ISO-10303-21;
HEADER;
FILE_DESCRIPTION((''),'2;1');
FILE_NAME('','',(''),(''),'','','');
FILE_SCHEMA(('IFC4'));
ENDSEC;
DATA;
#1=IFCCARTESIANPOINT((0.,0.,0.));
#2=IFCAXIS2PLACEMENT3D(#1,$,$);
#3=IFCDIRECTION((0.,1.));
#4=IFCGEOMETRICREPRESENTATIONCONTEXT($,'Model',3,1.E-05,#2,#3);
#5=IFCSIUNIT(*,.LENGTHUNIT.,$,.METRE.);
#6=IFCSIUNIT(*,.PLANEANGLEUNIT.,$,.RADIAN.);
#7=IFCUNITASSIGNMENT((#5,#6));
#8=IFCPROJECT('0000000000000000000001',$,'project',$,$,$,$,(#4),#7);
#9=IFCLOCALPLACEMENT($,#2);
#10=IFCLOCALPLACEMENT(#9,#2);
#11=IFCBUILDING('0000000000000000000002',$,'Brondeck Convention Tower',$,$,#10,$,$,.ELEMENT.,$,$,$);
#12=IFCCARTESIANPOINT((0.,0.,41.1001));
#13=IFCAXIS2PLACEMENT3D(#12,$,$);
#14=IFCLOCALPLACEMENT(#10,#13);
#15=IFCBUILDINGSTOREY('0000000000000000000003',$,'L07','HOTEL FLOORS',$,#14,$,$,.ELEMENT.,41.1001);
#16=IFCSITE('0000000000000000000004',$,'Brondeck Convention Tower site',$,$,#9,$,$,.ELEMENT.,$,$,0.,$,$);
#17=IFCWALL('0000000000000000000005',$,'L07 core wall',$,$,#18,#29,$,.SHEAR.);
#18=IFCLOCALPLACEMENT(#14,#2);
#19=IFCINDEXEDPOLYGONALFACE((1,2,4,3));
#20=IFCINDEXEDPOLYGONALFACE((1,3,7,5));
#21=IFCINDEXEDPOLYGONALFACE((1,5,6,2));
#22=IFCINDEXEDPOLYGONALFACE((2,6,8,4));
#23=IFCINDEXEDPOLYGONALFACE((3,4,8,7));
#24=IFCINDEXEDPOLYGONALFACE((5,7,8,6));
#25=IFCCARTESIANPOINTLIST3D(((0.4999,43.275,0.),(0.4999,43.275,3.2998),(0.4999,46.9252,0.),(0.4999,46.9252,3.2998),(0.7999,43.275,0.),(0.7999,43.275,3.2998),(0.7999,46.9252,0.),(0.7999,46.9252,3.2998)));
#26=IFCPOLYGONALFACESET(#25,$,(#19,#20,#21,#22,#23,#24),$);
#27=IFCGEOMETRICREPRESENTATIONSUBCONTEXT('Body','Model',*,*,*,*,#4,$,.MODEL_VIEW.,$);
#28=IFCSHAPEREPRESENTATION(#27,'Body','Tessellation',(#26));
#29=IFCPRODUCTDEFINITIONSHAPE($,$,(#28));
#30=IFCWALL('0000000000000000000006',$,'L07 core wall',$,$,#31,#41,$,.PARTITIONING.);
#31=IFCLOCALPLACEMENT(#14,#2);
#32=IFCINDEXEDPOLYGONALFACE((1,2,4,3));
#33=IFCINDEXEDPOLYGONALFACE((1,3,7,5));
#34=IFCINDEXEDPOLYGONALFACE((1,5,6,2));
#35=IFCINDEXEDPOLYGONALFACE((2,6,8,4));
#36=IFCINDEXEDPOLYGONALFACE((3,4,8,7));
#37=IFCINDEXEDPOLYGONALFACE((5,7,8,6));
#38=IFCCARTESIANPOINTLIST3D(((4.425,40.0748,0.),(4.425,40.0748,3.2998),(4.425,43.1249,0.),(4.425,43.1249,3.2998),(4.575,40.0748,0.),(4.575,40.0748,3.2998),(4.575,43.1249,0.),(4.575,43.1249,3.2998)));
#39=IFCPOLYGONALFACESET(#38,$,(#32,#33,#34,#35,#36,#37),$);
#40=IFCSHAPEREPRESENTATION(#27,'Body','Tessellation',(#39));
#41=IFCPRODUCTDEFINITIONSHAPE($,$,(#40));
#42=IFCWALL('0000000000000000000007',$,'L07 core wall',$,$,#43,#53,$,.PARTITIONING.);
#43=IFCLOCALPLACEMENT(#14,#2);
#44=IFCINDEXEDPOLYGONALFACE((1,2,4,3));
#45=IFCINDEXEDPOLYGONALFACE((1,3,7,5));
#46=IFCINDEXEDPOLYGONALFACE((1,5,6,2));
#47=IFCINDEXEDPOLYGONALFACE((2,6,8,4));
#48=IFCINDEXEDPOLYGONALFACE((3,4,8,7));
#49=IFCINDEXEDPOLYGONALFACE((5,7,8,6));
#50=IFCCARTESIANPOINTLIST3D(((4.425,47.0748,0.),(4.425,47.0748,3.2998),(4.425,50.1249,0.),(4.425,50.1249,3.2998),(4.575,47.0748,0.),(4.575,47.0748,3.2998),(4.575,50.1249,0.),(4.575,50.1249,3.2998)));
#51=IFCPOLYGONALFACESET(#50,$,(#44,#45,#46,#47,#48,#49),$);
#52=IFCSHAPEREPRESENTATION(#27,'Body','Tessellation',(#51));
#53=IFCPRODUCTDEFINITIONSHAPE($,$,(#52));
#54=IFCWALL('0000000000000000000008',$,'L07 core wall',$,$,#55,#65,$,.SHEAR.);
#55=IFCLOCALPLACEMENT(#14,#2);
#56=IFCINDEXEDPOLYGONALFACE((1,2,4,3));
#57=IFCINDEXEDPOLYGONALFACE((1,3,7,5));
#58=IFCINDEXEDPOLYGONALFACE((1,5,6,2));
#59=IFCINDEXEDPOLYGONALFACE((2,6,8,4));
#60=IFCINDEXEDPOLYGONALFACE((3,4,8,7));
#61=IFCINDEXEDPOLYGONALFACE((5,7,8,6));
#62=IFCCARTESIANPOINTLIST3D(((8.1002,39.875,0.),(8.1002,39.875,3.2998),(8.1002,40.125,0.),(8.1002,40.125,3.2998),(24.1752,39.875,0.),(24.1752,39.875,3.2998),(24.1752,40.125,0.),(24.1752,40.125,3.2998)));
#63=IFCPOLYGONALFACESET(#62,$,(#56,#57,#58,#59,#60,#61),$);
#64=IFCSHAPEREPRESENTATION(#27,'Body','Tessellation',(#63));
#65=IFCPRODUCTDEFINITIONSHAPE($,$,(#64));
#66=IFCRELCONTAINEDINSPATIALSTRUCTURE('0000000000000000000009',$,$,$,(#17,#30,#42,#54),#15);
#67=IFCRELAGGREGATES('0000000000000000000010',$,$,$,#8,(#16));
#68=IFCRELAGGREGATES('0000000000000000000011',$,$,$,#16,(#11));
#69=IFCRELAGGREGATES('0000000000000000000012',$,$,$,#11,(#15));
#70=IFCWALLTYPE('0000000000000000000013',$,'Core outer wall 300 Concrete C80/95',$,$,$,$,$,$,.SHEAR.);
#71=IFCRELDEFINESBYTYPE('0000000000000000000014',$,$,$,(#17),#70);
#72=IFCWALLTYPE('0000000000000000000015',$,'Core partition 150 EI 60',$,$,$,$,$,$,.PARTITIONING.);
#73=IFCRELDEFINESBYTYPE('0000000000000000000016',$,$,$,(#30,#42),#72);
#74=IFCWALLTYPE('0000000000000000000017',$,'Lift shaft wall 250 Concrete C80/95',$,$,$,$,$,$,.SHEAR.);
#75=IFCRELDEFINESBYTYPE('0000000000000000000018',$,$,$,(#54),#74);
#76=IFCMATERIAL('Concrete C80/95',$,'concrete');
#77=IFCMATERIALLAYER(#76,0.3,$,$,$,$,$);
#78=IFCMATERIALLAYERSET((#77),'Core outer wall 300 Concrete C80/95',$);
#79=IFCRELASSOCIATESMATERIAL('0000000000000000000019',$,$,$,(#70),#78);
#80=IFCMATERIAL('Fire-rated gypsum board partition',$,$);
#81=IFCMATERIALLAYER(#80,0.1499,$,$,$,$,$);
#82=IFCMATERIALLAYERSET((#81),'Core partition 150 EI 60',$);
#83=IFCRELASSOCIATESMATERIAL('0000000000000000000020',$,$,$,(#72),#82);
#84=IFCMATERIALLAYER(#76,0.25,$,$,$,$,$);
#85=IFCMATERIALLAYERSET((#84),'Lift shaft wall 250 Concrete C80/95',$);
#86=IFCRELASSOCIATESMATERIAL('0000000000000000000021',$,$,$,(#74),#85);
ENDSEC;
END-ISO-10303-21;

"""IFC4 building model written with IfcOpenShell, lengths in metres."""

from ifc_helpers import new_model, si_unit, direction, frame, frame_2d, origin, place, context, subcontext, project, spatial, rectangle, extrude, material, layer, layer_set, type_object, element, save


model = new_model("IFC4")

# Units and contexts
model_context = context("Model", 3, precision=1e-05, world=origin(), true_north=direction((0.0, 1.0)))
body_context = subcontext(model_context, "Body", "Model", "MODEL_VIEW")
ifc_project = project(units=[si_unit("LENGTHUNIT", "METRE"), si_unit("PLANEANGLEUNIT", "RADIAN")], contexts=[model_context])

# Site, building, storey
site_placement = place(None, origin())
site = spatial("IfcSite", under=ifc_project, at=site_placement, Name="Brondeck Convention Tower site", CompositionType="ELEMENT", RefElevation=0.0)
building_placement = place(site_placement, origin())
building = spatial("IfcBuilding", under=site, at=building_placement, Name="Brondeck Convention Tower", CompositionType="ELEMENT")
storey_placement = place(building_placement, frame((0.0, 0.0, 41.1001)))
storey = spatial("IfcBuildingStorey", under=building, at=storey_placement, Name="L07", Description="HOTEL FLOORS", CompositionType="ELEMENT", Elevation=41.1001)

# Walls
ifc_material_1 = material(Name="Concrete C80/95", Category="concrete")
ifc_layer_1 = layer(ifc_material_1, 0.3)
ifc_layer_set_1 = layer_set([ifc_layer_1], Name="Core outer wall 300 Concrete C80/95")
wall_type_1 = type_object("IfcWallType", Name="Core outer wall 300 Concrete C80/95", PredefinedType="SHEAR", material=ifc_layer_set_1)
wall_1_placement = place(storey_placement, frame((0.6499, 43.2749, 0.0), z_axis=(0.0, 0.0, 1.0), x_axis=(0.0, 1.0, 0.0)))
element("IfcWall", 1, at=wall_1_placement, inside=storey, type_object=wall_type_1, Name="L07 core wall", PredefinedType="SHEAR", context=body_context, shape_type="SweptSolid", body=[
    extrude(rectangle(XDim=3.6501, YDim=0.3, at=frame_2d((1.8252, 0.0))), origin(), (0.0, 0.0, 1.0), 3.2998),
])
ifc_material_2 = material(Name="Fire-rated gypsum board partition")
ifc_layer_2 = layer(ifc_material_2, 0.1499)
ifc_layer_set_2 = layer_set([ifc_layer_2], Name="Core partition 150 EI 60")
wall_type_2 = type_object("IfcWallType", Name="Core partition 150 EI 60", PredefinedType="PARTITIONING", material=ifc_layer_set_2)
for number, where, z_axis, x_axis, name in (
    (2, (4.5, 40.075, 0.0), (0.0, 0.0, 1.0), (0.0, 1.0, 0.0), "L07 core wall"),
    (3, (4.5, 47.075, 0.0), (0.0, 0.0, 1.0), (0.0, 1.0, 0.0), "L07 core wall"),
):
    element("IfcWall", number, at=place(storey_placement, frame(where, z_axis=z_axis, x_axis=x_axis)), inside=storey, type_object=wall_type_2, Name=name, PredefinedType="PARTITIONING", context=body_context, shape_type="SweptSolid", body=[
        extrude(rectangle(XDim=3.05, YDim=0.1499, at=frame_2d((1.5249, 0.0))), origin(), (0.0, 0.0, 1.0), 3.2998),
    ])
ifc_layer_3 = layer(ifc_material_1, 0.25)
ifc_layer_set_3 = layer_set([ifc_layer_3], Name="Lift shaft wall 250 Concrete C80/95")
wall_type_3 = type_object("IfcWallType", Name="Lift shaft wall 250 Concrete C80/95", PredefinedType="SHEAR", material=ifc_layer_set_3)
wall_2_placement = place(storey_placement, frame((8.1001, 40.0, 0.0), z_axis=(0.0, 0.0, 1.0), x_axis=(1.0, 0.0, 0.0)))
element("IfcWall", 4, at=wall_2_placement, inside=storey, type_object=wall_type_3, Name="L07 core wall", PredefinedType="SHEAR", context=body_context, shape_type="SweptSolid", body=[
    extrude(rectangle(XDim=16.075, YDim=0.25, at=frame_2d((8.0376, 0.0))), origin(), (0.0, 0.0, 1.0), 3.2998),
])

save(model, "model.ifc")
